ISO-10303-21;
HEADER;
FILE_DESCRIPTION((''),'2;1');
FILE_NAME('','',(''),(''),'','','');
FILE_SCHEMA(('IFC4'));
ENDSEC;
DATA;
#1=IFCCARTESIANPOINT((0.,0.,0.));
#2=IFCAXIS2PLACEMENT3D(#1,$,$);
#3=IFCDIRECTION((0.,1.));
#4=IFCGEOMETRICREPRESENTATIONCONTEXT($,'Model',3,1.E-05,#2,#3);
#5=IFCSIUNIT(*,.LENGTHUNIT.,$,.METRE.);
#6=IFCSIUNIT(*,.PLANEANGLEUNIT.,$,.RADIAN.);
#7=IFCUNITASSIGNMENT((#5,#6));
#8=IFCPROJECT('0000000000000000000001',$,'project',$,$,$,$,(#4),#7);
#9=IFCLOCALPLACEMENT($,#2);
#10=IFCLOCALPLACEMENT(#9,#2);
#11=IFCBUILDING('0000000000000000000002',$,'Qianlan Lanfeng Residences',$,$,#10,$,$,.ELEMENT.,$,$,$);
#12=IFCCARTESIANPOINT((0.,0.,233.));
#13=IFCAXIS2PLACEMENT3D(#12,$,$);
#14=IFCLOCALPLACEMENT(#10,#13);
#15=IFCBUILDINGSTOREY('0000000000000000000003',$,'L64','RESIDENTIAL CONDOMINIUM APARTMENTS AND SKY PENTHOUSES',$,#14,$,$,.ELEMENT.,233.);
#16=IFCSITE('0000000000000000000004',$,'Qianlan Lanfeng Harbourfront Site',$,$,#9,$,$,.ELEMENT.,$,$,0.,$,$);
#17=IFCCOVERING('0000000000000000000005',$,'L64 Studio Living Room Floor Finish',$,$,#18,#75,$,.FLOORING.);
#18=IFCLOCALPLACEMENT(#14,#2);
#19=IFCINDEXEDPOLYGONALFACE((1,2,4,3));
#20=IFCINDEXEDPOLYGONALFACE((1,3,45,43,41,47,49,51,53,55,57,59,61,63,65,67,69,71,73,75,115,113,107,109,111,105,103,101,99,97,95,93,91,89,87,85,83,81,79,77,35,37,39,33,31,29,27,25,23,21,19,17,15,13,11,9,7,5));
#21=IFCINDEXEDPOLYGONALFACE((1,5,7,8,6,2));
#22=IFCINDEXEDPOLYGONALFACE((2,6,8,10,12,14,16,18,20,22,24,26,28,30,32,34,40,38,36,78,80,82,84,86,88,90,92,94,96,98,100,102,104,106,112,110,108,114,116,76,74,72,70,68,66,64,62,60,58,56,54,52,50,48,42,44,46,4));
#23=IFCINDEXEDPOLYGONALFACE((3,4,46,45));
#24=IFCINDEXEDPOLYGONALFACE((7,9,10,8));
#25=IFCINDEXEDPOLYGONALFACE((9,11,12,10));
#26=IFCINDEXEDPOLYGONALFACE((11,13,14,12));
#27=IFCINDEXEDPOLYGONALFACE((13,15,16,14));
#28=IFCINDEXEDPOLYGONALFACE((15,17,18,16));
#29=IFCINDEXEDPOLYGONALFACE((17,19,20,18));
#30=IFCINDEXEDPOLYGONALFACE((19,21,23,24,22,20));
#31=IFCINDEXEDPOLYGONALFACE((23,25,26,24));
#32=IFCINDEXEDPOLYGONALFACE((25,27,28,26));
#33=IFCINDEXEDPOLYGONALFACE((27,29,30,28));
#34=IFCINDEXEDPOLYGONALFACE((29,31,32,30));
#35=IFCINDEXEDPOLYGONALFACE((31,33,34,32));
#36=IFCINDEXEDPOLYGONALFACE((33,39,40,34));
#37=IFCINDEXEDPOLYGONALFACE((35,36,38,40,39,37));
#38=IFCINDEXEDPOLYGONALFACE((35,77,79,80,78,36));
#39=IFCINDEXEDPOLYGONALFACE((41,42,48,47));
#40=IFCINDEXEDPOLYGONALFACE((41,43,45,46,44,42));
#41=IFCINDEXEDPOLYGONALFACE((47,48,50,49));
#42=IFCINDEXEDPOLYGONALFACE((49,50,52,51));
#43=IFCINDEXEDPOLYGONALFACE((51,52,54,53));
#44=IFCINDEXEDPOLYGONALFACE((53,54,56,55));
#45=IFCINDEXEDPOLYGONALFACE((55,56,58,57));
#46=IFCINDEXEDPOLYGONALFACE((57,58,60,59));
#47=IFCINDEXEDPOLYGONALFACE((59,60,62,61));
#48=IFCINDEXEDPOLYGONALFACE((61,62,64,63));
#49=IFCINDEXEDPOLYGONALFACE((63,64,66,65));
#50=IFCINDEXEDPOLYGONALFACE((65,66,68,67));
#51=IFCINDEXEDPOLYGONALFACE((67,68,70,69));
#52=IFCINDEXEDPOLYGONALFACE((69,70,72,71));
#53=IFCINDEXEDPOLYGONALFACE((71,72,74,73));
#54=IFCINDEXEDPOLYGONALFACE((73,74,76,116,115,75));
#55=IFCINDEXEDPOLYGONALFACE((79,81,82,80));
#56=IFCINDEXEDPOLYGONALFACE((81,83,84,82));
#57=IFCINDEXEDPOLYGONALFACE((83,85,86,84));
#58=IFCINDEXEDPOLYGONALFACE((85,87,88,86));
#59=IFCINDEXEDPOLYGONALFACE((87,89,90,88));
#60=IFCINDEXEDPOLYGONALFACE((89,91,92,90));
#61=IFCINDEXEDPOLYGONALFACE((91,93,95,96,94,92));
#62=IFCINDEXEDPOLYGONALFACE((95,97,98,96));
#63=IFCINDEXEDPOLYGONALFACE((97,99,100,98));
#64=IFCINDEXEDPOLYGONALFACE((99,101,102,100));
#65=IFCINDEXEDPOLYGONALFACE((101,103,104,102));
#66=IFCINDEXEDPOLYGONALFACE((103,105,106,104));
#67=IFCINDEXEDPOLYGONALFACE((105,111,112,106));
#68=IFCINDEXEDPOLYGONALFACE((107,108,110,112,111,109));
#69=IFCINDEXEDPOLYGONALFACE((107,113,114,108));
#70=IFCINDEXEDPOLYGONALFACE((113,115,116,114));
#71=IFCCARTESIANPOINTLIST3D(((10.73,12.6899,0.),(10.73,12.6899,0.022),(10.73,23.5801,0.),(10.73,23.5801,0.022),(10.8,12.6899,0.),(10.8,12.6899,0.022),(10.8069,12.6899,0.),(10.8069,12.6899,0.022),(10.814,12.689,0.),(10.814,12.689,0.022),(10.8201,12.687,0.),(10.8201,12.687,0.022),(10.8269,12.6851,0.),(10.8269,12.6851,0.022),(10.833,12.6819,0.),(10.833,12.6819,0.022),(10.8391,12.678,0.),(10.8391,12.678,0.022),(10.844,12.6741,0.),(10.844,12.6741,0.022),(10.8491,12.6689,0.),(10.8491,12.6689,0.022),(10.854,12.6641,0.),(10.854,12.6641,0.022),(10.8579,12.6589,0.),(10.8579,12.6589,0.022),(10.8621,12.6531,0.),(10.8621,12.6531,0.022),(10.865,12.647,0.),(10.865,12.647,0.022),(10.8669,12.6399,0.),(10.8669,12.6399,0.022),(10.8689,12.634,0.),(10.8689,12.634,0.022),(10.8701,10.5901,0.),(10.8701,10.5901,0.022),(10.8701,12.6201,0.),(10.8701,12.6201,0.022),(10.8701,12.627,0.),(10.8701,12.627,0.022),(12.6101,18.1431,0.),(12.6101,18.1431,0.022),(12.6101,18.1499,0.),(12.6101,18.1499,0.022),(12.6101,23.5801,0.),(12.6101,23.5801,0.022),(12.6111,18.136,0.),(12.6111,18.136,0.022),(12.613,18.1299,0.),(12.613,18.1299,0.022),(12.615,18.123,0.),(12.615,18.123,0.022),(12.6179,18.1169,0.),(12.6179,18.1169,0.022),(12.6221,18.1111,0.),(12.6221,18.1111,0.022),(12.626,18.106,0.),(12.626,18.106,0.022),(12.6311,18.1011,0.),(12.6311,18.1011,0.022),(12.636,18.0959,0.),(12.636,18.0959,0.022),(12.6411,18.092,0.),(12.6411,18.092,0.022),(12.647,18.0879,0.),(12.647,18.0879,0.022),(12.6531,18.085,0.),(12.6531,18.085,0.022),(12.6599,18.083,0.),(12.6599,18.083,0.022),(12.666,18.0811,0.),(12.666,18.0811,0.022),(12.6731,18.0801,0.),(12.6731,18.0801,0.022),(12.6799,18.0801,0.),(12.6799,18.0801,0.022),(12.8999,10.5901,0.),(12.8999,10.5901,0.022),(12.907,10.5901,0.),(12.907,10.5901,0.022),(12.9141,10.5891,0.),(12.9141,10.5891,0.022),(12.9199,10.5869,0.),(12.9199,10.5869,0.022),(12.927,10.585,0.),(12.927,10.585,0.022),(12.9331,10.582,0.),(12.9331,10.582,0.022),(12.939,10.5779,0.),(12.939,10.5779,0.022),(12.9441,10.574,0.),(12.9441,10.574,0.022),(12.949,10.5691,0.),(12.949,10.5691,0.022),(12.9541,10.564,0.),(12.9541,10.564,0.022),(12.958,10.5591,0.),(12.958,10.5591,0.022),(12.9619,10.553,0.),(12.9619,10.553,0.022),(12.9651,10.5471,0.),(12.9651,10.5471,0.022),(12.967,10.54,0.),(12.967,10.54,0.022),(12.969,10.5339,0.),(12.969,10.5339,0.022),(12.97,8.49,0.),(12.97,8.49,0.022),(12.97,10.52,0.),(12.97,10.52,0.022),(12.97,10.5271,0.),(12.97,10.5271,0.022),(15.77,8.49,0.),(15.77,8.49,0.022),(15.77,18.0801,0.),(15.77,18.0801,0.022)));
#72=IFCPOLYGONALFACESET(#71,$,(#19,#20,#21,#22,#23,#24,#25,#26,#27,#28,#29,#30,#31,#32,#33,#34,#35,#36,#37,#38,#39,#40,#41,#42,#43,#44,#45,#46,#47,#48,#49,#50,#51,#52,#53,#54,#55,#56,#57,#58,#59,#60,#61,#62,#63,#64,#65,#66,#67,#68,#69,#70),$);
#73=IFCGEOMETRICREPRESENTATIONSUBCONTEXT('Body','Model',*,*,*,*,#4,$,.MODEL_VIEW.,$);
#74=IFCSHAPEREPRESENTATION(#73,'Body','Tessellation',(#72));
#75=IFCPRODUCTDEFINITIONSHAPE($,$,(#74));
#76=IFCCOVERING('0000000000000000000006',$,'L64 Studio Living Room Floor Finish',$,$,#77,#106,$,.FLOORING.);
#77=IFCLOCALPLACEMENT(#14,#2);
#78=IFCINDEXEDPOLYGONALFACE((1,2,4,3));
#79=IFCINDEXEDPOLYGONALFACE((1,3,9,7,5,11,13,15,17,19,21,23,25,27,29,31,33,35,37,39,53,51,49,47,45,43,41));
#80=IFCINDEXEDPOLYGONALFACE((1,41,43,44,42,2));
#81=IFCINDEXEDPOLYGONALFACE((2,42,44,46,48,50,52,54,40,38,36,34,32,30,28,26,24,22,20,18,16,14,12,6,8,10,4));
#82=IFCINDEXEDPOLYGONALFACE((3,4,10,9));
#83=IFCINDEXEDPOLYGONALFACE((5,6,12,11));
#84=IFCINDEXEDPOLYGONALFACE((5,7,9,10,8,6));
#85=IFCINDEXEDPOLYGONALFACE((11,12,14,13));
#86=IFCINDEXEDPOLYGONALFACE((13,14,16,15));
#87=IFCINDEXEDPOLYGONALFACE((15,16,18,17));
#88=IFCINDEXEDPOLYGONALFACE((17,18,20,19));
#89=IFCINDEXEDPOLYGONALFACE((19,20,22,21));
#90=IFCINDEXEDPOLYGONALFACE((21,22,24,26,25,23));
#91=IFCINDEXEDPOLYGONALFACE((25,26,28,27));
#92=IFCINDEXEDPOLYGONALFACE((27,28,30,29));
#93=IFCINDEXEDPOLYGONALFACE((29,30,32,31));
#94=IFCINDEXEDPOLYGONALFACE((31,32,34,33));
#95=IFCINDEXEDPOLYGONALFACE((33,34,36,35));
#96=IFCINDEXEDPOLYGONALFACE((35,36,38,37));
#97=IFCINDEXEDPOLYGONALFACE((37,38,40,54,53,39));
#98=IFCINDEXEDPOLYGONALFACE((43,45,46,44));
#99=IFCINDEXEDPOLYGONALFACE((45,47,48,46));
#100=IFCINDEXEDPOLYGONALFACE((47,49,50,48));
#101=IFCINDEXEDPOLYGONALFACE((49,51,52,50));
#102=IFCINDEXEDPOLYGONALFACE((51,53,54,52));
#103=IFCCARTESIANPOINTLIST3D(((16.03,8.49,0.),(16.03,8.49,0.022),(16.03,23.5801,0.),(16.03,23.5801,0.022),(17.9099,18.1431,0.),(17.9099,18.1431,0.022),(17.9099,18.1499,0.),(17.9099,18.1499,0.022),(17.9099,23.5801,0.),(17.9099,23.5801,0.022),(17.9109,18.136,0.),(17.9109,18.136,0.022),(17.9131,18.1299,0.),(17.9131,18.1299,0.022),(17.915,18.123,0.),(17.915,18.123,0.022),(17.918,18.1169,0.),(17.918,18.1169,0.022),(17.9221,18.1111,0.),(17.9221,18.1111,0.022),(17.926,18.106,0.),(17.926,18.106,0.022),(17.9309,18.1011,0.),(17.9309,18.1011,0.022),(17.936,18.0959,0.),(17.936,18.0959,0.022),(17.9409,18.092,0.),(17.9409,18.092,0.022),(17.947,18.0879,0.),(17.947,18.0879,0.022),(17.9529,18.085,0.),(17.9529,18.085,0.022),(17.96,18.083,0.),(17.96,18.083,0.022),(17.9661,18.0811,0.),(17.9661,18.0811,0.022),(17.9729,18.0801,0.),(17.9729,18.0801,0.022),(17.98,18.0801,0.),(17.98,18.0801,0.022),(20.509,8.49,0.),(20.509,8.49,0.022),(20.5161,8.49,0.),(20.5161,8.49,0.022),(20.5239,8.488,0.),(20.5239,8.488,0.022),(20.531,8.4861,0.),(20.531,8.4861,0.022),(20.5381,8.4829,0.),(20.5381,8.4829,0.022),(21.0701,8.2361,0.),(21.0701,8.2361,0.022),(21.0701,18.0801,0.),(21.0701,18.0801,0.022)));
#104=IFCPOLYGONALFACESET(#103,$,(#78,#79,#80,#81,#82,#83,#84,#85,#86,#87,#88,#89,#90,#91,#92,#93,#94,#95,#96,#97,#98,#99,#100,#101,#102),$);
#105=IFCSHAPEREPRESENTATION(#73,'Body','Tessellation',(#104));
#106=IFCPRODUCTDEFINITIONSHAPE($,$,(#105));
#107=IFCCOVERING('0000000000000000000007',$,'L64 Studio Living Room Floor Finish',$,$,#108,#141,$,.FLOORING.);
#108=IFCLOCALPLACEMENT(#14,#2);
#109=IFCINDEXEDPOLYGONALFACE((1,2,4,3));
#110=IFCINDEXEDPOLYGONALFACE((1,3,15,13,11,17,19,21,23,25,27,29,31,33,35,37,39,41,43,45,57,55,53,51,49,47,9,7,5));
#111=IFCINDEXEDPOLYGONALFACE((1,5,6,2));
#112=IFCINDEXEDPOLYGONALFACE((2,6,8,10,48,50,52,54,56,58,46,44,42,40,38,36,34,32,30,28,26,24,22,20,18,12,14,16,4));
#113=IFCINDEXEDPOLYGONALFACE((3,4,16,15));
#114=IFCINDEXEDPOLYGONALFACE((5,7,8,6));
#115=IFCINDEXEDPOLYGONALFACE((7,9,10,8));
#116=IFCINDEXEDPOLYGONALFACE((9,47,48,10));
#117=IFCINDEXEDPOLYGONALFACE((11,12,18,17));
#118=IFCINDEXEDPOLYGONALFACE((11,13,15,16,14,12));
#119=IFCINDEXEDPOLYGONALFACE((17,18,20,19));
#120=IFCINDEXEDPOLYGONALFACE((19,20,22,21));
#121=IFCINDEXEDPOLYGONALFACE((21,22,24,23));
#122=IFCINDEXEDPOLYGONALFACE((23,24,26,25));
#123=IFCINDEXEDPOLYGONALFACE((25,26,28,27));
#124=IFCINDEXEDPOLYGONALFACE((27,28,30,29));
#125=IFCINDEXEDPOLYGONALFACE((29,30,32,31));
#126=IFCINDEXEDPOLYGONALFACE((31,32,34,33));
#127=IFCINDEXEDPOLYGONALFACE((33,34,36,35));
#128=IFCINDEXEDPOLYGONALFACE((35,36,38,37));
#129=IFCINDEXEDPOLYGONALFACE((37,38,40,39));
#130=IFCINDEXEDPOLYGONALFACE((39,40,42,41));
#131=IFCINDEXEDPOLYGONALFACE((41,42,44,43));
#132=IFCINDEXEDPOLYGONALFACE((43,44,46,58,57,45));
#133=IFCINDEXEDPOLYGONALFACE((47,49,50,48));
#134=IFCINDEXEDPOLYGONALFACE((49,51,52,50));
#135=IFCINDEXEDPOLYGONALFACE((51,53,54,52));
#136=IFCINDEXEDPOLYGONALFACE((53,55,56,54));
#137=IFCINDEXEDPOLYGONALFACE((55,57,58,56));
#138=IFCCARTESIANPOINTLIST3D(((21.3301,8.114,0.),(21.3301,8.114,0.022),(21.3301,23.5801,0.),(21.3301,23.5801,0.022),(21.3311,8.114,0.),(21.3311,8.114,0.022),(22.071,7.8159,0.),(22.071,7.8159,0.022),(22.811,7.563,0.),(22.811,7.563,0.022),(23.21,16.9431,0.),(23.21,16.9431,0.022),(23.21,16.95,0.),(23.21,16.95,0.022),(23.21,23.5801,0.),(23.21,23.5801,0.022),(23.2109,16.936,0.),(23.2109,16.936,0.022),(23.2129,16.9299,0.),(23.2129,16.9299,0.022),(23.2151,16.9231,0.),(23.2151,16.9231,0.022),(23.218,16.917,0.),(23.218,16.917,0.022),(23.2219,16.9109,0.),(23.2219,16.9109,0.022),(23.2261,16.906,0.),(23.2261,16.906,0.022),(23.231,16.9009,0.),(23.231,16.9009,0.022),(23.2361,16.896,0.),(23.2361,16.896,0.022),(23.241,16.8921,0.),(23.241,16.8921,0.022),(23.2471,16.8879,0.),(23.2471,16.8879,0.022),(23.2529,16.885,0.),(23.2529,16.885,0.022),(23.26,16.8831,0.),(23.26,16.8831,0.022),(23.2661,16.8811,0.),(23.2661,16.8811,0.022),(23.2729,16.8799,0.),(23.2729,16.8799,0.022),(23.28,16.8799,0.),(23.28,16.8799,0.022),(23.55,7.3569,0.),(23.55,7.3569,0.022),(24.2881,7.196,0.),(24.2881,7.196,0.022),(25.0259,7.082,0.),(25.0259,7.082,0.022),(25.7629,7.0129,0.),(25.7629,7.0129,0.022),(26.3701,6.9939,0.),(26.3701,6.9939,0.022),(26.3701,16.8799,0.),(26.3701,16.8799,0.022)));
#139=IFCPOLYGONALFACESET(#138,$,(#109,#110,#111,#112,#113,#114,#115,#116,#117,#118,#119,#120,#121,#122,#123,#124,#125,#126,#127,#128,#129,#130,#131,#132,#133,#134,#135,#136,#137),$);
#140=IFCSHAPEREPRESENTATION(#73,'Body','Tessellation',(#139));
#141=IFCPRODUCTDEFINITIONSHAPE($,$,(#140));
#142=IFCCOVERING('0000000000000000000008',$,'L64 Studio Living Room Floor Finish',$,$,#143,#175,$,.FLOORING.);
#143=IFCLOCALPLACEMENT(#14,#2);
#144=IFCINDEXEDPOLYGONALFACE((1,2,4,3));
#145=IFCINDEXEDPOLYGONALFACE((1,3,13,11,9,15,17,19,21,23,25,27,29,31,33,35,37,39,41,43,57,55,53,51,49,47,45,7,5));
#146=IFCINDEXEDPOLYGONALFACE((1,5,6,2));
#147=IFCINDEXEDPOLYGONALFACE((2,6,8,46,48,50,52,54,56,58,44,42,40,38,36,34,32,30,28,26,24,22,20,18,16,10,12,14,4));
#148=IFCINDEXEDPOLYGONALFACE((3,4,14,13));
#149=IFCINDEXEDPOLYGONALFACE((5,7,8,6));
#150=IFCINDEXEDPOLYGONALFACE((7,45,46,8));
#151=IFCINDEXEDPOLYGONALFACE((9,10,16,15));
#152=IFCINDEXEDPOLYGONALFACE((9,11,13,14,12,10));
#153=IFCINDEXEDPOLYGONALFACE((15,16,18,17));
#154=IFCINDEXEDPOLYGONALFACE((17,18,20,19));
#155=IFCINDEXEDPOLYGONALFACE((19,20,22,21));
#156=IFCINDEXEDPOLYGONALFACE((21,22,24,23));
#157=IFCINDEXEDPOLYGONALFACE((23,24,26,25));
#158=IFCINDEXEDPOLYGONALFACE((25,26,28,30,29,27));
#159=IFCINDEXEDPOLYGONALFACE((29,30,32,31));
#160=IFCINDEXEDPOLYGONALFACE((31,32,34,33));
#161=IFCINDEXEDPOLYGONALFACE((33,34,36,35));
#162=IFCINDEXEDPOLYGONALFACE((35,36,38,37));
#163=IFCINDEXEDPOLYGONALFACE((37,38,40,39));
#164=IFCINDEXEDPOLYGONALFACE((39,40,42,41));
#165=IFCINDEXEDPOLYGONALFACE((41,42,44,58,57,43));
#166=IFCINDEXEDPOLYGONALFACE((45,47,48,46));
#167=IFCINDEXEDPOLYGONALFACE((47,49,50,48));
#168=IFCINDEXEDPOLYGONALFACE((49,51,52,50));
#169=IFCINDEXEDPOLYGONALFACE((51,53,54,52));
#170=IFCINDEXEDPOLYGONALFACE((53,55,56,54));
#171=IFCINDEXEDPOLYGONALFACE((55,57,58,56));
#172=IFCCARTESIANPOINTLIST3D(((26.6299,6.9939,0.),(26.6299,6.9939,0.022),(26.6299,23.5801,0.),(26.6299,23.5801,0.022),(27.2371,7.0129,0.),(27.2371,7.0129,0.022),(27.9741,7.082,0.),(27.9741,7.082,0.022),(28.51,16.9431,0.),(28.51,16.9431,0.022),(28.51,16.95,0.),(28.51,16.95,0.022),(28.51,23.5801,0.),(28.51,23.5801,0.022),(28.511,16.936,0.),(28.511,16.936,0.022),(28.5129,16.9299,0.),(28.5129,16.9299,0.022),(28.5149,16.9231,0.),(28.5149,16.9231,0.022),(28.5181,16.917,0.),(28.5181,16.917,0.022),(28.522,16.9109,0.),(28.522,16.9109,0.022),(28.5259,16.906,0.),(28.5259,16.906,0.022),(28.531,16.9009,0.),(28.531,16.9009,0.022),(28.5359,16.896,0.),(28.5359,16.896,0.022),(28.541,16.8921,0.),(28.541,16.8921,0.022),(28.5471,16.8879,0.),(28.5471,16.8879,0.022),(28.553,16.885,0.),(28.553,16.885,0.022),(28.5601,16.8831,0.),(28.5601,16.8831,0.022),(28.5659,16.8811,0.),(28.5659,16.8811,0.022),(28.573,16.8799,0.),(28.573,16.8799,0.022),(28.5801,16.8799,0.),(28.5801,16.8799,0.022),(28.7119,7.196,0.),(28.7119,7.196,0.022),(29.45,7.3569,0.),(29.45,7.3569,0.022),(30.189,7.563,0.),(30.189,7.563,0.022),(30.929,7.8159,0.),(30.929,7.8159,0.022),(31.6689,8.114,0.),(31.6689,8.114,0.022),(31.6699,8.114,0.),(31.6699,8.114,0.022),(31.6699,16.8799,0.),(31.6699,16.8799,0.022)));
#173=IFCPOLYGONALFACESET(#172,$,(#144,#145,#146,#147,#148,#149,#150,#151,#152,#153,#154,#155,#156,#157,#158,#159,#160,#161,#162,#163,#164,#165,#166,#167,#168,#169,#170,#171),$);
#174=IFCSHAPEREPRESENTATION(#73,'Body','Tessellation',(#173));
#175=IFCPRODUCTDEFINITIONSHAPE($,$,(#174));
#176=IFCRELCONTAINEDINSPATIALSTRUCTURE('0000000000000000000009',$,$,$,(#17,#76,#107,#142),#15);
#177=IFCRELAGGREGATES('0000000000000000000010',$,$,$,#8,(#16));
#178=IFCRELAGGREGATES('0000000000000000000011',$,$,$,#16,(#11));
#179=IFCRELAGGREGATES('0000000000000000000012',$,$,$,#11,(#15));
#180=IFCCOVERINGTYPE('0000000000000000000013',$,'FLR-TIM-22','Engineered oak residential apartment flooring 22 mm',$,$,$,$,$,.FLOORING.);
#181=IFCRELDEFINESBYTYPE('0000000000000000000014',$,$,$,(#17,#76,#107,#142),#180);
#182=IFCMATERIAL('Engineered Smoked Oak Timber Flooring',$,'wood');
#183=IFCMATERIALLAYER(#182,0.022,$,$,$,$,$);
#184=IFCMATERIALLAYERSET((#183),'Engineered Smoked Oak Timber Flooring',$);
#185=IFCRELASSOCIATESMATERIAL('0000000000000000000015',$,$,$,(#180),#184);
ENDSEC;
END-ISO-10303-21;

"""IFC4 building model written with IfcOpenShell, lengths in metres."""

from ifc_helpers import new_model, si_unit, direction, frame, origin, place, context, subcontext, project, spatial, polyline, outline, extrude, material, layer, layer_set, type_object, element, save


model = new_model("IFC4")

# Units and contexts
model_context = context("Model", 3, precision=1e-05, world=origin(), true_north=direction((0.0, 1.0)))
body_context = subcontext(model_context, "Body", "Model", "MODEL_VIEW")
ifc_project = project(units=[si_unit("LENGTHUNIT", "METRE"), si_unit("PLANEANGLEUNIT", "RADIAN")], contexts=[model_context])

# Site, building, storey
site_placement = place(None, origin())
site = spatial("IfcSite", under=ifc_project, at=site_placement, Name="Qianlan Lanfeng Harbourfront Site", CompositionType="ELEMENT", RefElevation=0.0)
building_placement = place(site_placement, origin())
building = spatial("IfcBuilding", under=site, at=building_placement, Name="Qianlan Lanfeng Residences", CompositionType="ELEMENT")
storey_placement = place(building_placement, frame((0.0, 0.0, 233.0)))
storey = spatial("IfcBuildingStorey", under=building, at=storey_placement, Name="L64", Description="RESIDENTIAL CONDOMINIUM APARTMENTS AND SKY PENTHOUSES", CompositionType="ELEMENT", Elevation=233.0)

# Coverings
ifc_material_1 = material(Name="Engineered Smoked Oak Timber Flooring", Category="wood")
ifc_layer_1 = layer(ifc_material_1, 0.022)
ifc_layer_set_1 = layer_set([ifc_layer_1], Name="Engineered Smoked Oak Timber Flooring")
covering_type_1 = type_object("IfcCoveringType", Name="FLR-TIM-22", Description="Engineered oak residential apartment flooring 22 mm", PredefinedType="FLOORING", material=ifc_layer_set_1)
covering_1_placement = place(storey_placement, origin())
element("IfcCovering", 1, at=covering_1_placement, inside=storey, type_object=covering_type_1, Name="L64 Studio Living Room Floor Finish", PredefinedType="FLOORING", context=body_context, shape_type="SweptSolid", body=[
    extrude(outline(polyline([(15.77, 8.49), (15.77, 18.0801), (12.6799, 18.0801), (12.6731, 18.0801), (12.666, 18.0811), (12.6599, 18.083), (12.6531, 18.085), (12.647, 18.0879), (12.6411, 18.092), (12.636, 18.0959), (12.6311, 18.1011), (12.626, 18.106), (12.6221, 18.1111), (12.6179, 18.1169), (12.615, 18.123), (12.613, 18.1299), (12.6111, 18.136), (12.6101, 18.1431), (12.6101, 18.1499), (12.6101, 23.5801), (10.73, 23.5801), (10.73, 12.6899), (10.8, 12.6899), (10.8069, 12.6899), (10.814, 12.689), (10.8201, 12.687), (10.8269, 12.6851), (10.833, 12.6819), (10.8391, 12.678), (10.844, 12.6741), (10.8491, 12.6689), (10.854, 12.6641), (10.8579, 12.6589), (10.8621, 12.6531), (10.865, 12.647), (10.8669, 12.6399), (10.8689, 12.634), (10.8701, 12.627), (10.8701, 12.6201), (10.8701, 10.5901), (12.8999, 10.5901), (12.907, 10.5901), (12.9141, 10.5891), (12.9199, 10.5869), (12.927, 10.585), (12.9331, 10.582), (12.939, 10.5779), (12.9441, 10.574), (12.949, 10.5691), (12.9541, 10.564), (12.958, 10.5591), (12.9619, 10.553), (12.9651, 10.5471), (12.967, 10.54), (12.969, 10.5339), (12.97, 10.5271), (12.97, 10.52), (12.97, 8.49), (15.77, 8.49)])), origin(), (0.0, 0.0, 1.0), 0.022),
])
covering_2_placement = place(storey_placement, origin())
element("IfcCovering", 2, at=covering_2_placement, inside=storey, type_object=covering_type_1, Name="L64 Studio Living Room Floor Finish", PredefinedType="FLOORING", context=body_context, shape_type="SweptSolid", body=[
    extrude(outline(polyline([(21.0701, 8.2361), (21.0701, 18.0801), (17.98, 18.0801), (17.9729, 18.0801), (17.9661, 18.0811), (17.96, 18.083), (17.9529, 18.085), (17.947, 18.0879), (17.9409, 18.092), (17.936, 18.0959), (17.9309, 18.1011), (17.926, 18.106), (17.9221, 18.1111), (17.918, 18.1169), (17.915, 18.123), (17.9131, 18.1299), (17.9109, 18.136), (17.9099, 18.1431), (17.9099, 18.1499), (17.9099, 23.5801), (16.03, 23.5801), (16.03, 8.49), (20.509, 8.49), (20.5161, 8.49), (20.5239, 8.488), (20.531, 8.4861), (20.5381, 8.4829), (21.0701, 8.2361)])), origin(), (0.0, 0.0, 1.0), 0.022),
])
covering_3_placement = place(storey_placement, origin())
element("IfcCovering", 3, at=covering_3_placement, inside=storey, type_object=covering_type_1, Name="L64 Studio Living Room Floor Finish", PredefinedType="FLOORING", context=body_context, shape_type="SweptSolid", body=[
    extrude(outline(polyline([(26.3701, 6.9939), (26.3701, 16.8799), (23.28, 16.8799), (23.2729, 16.8799), (23.2661, 16.8811), (23.26, 16.8831), (23.2529, 16.885), (23.2471, 16.8879), (23.241, 16.8921), (23.2361, 16.896), (23.231, 16.9009), (23.2261, 16.906), (23.2219, 16.9109), (23.218, 16.917), (23.2151, 16.9231), (23.2129, 16.9299), (23.2109, 16.936), (23.21, 16.9431), (23.21, 16.95), (23.21, 23.5801), (21.3301, 23.5801), (21.3301, 8.114), (21.3311, 8.114), (22.071, 7.8159), (22.811, 7.563), (23.55, 7.3569), (24.2881, 7.196), (25.0259, 7.082), (25.7629, 7.0129), (26.3701, 6.9939)])), origin(), (0.0, 0.0, 1.0), 0.022),
])
covering_4_placement = place(storey_placement, origin())
element("IfcCovering", 4, at=covering_4_placement, inside=storey, type_object=covering_type_1, Name="L64 Studio Living Room Floor Finish", PredefinedType="FLOORING", context=body_context, shape_type="SweptSolid", body=[
    extrude(outline(polyline([(31.6699, 8.114), (31.6699, 16.8799), (28.5801, 16.8799), (28.573, 16.8799), (28.5659, 16.8811), (28.5601, 16.8831), (28.553, 16.885), (28.5471, 16.8879), (28.541, 16.8921), (28.5359, 16.896), (28.531, 16.9009), (28.5259, 16.906), (28.522, 16.9109), (28.5181, 16.917), (28.5149, 16.9231), (28.5129, 16.9299), (28.511, 16.936), (28.51, 16.9431), (28.51, 16.95), (28.51, 23.5801), (26.6299, 23.5801), (26.6299, 6.9939), (27.2371, 7.0129), (27.9741, 7.082), (28.7119, 7.196), (29.45, 7.3569), (30.189, 7.563), (30.929, 7.8159), (31.6689, 8.114), (31.6699, 8.114)])), origin(), (0.0, 0.0, 1.0), 0.022),
])

save(model, "model.ifc")
